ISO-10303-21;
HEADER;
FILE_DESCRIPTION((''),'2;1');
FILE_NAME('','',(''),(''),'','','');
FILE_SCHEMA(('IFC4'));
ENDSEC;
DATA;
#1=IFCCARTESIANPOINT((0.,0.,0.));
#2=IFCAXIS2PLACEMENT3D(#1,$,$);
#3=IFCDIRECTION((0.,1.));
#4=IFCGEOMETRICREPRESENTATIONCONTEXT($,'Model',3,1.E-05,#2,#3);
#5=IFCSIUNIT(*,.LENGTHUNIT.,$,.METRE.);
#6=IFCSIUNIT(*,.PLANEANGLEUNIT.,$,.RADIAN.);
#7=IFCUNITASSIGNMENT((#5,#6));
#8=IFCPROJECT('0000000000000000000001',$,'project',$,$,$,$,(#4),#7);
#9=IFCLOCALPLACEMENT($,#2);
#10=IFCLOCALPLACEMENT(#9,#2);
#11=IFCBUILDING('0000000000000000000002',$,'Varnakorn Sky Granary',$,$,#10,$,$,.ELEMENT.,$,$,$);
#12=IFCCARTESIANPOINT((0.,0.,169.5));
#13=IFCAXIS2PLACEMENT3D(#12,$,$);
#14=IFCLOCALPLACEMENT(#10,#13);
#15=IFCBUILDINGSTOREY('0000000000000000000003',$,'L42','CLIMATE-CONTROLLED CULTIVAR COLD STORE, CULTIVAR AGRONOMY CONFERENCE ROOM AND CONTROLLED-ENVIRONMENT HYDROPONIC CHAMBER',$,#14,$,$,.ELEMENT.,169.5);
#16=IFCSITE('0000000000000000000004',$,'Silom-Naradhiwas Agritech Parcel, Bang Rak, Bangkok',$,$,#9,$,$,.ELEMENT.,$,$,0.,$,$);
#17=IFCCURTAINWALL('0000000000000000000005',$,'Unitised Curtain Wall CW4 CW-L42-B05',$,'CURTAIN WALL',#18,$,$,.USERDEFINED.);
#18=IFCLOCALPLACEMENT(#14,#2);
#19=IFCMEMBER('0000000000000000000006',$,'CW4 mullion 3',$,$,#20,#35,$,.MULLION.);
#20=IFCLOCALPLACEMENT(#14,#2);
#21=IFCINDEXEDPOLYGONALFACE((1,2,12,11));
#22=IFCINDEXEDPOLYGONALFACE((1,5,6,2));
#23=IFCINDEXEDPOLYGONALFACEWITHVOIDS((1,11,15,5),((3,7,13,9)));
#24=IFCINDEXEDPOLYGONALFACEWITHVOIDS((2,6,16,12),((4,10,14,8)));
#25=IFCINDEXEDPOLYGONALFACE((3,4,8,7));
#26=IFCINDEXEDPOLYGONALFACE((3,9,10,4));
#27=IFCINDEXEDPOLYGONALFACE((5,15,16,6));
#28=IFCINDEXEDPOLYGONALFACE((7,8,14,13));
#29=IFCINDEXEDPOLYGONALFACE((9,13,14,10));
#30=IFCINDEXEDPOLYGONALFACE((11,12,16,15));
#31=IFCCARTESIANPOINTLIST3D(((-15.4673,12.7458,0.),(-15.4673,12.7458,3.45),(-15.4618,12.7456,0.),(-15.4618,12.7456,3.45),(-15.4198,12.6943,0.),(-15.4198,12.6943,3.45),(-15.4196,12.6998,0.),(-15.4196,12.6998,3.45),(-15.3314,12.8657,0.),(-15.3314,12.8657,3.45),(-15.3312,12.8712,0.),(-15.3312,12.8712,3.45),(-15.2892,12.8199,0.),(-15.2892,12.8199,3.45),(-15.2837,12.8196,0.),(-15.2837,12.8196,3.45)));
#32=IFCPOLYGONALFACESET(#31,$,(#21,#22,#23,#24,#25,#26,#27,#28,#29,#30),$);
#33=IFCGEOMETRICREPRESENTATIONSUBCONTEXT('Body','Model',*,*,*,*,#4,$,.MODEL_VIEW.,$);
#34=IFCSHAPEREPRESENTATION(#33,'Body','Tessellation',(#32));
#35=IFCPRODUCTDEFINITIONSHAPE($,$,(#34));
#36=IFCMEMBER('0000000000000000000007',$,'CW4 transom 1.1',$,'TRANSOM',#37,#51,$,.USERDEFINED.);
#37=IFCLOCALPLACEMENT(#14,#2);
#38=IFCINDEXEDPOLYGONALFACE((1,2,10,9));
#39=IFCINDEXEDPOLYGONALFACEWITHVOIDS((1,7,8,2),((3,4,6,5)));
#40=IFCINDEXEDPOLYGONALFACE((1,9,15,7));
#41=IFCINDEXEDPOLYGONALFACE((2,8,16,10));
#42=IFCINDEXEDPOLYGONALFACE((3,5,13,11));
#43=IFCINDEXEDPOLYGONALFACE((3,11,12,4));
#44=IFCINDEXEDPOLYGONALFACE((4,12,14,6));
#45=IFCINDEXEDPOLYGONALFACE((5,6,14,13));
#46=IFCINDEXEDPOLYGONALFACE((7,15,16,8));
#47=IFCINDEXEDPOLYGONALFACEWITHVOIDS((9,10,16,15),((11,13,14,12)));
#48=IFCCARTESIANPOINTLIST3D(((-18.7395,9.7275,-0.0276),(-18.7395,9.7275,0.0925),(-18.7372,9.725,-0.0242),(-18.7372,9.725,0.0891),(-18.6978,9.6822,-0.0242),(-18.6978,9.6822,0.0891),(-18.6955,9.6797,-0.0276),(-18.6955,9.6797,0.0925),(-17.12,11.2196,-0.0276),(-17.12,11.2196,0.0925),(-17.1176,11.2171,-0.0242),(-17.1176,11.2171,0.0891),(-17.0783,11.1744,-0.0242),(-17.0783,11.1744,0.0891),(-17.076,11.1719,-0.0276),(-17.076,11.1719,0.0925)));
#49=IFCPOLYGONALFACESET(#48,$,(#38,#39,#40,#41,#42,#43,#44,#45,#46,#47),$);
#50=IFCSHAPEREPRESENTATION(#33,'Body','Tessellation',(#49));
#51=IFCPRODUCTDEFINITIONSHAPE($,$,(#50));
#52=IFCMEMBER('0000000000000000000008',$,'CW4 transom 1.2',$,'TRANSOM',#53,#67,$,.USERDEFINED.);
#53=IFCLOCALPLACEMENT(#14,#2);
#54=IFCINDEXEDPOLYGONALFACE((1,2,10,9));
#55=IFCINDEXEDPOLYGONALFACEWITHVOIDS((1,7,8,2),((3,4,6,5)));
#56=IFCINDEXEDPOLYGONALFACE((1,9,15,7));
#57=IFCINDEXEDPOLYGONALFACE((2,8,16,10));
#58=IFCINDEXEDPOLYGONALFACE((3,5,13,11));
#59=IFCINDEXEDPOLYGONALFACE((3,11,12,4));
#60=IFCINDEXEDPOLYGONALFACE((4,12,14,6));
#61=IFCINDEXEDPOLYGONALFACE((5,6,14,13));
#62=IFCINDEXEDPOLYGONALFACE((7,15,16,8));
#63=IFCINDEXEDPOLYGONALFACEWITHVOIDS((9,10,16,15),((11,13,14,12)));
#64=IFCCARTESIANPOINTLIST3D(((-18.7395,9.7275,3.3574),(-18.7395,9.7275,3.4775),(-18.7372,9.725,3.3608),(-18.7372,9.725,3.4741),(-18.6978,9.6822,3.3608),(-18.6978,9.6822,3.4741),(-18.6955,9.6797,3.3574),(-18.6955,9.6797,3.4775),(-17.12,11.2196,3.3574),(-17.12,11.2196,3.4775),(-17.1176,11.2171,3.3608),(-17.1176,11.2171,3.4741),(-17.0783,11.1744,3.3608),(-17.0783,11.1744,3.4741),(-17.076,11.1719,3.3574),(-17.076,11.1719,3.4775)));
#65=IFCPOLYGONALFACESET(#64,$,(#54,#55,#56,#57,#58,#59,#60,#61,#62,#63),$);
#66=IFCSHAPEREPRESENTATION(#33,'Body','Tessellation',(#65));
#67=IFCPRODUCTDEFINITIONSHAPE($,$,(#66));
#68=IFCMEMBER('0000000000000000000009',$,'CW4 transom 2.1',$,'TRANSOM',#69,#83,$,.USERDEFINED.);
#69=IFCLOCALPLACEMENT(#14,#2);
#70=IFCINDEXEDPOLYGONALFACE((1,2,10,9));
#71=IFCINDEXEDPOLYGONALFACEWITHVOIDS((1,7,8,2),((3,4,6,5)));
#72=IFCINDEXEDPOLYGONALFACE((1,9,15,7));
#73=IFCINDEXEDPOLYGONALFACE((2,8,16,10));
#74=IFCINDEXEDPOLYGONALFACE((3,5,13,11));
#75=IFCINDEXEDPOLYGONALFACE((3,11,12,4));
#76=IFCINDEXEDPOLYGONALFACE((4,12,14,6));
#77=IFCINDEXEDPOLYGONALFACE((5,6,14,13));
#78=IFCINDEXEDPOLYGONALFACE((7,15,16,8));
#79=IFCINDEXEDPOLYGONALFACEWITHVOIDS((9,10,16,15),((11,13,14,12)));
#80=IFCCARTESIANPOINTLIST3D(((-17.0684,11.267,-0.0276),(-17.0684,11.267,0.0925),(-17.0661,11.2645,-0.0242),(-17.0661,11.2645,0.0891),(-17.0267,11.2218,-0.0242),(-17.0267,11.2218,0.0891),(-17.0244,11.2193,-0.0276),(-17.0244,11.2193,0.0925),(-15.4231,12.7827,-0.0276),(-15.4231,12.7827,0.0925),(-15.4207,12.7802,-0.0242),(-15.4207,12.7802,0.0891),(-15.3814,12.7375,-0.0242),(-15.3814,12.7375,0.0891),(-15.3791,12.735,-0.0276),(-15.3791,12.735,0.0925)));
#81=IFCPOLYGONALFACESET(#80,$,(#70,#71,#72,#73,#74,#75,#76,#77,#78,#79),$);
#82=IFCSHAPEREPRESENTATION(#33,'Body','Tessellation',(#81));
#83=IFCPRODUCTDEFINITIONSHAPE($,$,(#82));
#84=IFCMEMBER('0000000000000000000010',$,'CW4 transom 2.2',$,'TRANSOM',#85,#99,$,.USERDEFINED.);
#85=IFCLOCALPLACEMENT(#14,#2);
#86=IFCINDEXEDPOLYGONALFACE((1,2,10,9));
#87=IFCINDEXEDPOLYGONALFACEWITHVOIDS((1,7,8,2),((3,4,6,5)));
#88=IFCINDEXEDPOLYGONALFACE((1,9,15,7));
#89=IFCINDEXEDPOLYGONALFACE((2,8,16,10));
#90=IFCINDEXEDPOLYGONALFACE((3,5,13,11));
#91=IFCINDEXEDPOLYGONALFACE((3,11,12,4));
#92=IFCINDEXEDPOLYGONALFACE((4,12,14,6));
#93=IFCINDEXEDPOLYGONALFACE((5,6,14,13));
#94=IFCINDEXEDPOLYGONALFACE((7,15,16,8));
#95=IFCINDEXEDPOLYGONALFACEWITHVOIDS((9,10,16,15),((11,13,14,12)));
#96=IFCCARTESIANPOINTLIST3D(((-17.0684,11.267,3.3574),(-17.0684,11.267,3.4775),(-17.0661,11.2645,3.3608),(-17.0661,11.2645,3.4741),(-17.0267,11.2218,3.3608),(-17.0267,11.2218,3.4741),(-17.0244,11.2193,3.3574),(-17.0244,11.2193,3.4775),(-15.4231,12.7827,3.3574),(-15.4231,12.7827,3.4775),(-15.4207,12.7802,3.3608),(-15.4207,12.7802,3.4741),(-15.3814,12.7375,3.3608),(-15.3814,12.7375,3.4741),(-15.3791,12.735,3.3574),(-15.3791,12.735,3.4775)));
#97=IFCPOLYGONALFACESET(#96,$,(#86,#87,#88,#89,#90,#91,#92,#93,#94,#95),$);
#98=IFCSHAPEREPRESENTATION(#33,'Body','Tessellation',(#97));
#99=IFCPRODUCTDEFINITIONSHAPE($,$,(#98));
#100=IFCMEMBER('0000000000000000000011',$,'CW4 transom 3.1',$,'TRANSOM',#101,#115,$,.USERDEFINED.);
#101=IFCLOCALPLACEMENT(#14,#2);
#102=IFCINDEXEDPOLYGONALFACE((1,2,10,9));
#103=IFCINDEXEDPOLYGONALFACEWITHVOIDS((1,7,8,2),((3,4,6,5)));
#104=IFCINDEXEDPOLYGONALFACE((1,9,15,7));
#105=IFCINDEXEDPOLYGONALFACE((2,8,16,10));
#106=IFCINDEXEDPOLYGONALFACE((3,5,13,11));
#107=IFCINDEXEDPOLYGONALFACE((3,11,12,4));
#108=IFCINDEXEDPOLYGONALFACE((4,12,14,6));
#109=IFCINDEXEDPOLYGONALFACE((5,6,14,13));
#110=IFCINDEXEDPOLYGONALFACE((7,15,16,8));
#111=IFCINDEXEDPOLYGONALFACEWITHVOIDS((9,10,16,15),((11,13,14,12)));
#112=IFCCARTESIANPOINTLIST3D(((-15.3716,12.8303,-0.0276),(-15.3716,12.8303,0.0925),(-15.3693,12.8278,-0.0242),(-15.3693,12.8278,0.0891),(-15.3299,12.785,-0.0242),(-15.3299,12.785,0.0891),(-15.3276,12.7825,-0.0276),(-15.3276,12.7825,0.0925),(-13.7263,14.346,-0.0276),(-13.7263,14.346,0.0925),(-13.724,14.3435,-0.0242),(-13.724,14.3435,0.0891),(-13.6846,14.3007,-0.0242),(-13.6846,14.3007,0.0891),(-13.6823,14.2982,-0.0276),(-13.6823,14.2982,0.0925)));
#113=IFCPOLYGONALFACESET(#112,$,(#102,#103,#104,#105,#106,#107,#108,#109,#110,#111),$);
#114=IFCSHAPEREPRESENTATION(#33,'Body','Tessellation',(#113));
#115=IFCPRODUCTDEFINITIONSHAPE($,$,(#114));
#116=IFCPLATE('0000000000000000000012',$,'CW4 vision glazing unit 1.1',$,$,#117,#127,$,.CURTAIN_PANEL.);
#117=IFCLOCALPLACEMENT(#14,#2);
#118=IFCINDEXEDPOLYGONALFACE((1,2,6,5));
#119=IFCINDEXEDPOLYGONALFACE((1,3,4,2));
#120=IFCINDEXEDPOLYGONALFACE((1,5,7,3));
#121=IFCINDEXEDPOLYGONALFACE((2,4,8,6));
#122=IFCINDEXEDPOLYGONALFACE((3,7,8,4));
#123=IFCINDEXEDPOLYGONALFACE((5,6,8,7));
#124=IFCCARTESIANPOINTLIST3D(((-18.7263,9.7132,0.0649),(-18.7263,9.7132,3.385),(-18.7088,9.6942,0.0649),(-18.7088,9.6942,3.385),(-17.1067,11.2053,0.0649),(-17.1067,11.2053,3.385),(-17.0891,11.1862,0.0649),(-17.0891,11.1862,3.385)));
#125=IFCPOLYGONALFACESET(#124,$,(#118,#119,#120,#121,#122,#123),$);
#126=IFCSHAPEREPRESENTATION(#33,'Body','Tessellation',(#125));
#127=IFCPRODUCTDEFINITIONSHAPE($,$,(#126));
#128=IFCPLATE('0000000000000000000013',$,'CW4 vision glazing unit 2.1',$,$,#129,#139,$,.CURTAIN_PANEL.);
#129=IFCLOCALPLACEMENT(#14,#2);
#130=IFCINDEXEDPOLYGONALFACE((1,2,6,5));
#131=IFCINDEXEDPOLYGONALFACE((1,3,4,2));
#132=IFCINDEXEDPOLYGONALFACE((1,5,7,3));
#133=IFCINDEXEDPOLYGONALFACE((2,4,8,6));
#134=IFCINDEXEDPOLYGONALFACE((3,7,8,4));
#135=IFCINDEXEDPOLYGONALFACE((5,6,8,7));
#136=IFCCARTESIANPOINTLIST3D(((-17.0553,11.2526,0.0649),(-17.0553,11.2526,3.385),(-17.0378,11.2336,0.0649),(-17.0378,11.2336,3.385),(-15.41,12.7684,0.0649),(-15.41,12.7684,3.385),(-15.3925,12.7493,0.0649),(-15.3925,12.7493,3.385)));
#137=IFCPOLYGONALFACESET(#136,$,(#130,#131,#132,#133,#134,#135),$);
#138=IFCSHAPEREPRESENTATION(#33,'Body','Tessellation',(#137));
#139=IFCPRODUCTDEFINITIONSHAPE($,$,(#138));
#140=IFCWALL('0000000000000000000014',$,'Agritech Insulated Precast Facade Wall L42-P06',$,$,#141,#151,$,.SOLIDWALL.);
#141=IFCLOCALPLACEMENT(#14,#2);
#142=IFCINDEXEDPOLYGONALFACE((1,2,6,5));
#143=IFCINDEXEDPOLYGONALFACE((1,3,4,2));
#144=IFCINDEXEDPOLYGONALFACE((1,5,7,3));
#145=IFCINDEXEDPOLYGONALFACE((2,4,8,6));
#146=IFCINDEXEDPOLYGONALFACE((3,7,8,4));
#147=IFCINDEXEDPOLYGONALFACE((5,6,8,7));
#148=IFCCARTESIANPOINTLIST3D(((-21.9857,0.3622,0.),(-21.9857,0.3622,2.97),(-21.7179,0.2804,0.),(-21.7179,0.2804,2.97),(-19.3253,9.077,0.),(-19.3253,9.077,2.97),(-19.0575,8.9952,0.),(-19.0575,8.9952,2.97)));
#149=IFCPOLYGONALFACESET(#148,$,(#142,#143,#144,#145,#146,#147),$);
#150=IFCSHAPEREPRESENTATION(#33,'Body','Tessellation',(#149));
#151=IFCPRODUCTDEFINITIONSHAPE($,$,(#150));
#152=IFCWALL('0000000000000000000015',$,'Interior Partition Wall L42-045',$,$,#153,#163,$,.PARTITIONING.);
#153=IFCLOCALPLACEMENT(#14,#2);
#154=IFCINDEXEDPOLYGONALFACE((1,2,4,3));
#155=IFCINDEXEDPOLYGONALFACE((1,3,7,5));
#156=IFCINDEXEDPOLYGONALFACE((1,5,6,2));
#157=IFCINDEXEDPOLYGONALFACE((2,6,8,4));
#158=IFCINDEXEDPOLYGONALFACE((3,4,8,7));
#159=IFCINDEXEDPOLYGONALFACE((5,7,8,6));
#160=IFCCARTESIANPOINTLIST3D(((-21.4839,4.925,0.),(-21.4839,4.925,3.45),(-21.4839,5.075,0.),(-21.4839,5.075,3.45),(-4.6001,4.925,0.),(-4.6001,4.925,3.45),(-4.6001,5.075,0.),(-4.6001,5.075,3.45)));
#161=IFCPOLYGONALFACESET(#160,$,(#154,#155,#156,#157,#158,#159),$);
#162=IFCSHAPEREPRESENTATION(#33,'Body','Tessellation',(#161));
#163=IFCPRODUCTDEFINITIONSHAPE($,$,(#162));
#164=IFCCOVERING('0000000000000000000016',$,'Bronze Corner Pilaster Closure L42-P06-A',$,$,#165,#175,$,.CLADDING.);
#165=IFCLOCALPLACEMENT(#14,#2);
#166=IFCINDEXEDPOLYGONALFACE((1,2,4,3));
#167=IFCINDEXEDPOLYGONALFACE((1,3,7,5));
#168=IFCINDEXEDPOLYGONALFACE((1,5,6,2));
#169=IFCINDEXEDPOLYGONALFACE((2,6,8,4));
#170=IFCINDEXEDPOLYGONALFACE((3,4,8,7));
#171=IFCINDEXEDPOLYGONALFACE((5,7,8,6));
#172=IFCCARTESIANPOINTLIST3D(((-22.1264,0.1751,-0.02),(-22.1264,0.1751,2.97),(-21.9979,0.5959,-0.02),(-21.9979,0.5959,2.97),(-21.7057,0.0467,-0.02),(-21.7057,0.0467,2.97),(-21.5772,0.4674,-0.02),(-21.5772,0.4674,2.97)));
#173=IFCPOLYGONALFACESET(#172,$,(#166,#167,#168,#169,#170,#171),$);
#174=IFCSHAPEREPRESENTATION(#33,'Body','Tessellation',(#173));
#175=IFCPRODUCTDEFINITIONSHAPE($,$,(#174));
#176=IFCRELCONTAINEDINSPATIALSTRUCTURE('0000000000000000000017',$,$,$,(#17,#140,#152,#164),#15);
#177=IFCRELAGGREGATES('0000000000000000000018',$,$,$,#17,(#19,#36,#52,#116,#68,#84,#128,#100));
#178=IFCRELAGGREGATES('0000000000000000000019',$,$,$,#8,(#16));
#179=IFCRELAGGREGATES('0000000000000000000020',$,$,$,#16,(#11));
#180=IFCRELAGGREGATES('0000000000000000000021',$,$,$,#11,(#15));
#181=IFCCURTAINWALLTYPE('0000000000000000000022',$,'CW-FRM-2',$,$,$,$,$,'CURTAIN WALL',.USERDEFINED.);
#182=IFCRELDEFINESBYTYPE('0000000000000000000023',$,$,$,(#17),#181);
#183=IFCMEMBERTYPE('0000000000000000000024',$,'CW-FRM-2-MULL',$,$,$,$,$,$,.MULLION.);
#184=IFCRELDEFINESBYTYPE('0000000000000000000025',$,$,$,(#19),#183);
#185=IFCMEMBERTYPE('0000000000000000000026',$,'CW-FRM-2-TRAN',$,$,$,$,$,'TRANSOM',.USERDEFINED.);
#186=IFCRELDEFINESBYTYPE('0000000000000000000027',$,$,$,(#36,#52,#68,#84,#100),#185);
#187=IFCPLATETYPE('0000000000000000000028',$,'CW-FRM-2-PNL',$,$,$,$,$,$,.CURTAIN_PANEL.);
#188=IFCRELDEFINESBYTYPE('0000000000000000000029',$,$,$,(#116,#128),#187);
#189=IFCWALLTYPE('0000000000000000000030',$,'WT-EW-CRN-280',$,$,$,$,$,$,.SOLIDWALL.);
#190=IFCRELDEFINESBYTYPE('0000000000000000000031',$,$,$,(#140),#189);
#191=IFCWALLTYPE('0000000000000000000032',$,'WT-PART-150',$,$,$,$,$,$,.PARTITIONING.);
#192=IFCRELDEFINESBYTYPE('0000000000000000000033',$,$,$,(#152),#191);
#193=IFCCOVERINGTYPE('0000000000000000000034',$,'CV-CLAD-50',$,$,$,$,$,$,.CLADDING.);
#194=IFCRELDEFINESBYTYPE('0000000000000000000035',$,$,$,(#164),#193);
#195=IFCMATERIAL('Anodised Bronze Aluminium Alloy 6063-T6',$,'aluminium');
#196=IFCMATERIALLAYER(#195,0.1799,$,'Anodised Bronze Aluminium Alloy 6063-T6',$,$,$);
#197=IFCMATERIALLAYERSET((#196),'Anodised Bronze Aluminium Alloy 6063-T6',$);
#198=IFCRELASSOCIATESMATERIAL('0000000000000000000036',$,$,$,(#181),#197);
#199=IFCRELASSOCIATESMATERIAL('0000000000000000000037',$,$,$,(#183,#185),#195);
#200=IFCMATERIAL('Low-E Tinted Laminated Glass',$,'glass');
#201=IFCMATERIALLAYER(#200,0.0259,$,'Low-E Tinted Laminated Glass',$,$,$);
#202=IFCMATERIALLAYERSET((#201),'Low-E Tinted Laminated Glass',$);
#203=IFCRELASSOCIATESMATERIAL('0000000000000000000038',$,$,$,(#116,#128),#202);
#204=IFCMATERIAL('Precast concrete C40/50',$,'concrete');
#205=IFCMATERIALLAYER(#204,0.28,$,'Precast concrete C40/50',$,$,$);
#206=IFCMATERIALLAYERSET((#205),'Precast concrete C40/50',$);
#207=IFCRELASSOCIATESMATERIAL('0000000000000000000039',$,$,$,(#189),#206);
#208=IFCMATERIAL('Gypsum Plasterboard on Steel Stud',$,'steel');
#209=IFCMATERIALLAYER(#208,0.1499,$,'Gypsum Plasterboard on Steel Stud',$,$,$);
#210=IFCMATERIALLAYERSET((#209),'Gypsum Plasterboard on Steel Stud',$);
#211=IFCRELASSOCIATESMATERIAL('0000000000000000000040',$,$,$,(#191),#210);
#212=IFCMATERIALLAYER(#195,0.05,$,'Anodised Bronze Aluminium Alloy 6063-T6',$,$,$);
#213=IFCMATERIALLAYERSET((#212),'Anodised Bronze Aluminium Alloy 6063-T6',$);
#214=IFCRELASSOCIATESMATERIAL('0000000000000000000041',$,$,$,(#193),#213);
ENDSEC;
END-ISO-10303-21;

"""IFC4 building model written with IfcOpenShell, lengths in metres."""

from ifc_helpers import new_model, si_unit, direction, frame, frame_2d, origin, origin_2d, place, context, subcontext, project, spatial, rectangle, hollow_rectangle, extrude, source, transform, mapped, material, layer, layer_set, material_profile, profile_set, type_object, type_shapes, element, aggregate, save


model = new_model("IFC4")

# Units and contexts
model_context = context("Model", 3, precision=1e-05, world=origin(), true_north=direction((0.0, 1.0)))
body_context = subcontext(model_context, "Body", "Model", "MODEL_VIEW")
ifc_project = project(units=[si_unit("LENGTHUNIT", "METRE"), si_unit("PLANEANGLEUNIT", "RADIAN")], contexts=[model_context])

# Site, building, storey
site_placement = place(None, origin())
site = spatial("IfcSite", under=ifc_project, at=site_placement, Name="Silom-Naradhiwas Agritech Parcel, Bang Rak, Bangkok", CompositionType="ELEMENT", RefElevation=0.0)
building_placement = place(site_placement, origin())
building = spatial("IfcBuilding", under=site, at=building_placement, Name="Varnakorn Sky Granary", CompositionType="ELEMENT")
storey_placement = place(building_placement, frame((0.0, 0.0, 169.5)))
storey = spatial("IfcBuildingStorey", under=building, at=storey_placement, Name="L42", Description="CLIMATE-CONTROLLED CULTIVAR COLD STORE, CULTIVAR AGRONOMY CONFERENCE ROOM AND CONTROLLED-ENVIRONMENT HYDROPONIC CHAMBER", CompositionType="ELEMENT", Elevation=169.5)

# Curtain wall, members, plates
ifc_material_1 = material(Name="Anodised Bronze Aluminium Alloy 6063-T6", Category="aluminium")
ifc_layer_1 = layer(ifc_material_1, 0.1799, Name="Anodised Bronze Aluminium Alloy 6063-T6")
ifc_layer_set_1 = layer_set([ifc_layer_1], Name="Anodised Bronze Aluminium Alloy 6063-T6")
curtain_wall_type = type_object("IfcCurtainWallType", Name="CW-FRM-2", ElementType="CURTAIN WALL", PredefinedType="USERDEFINED", material=ifc_layer_set_1)
curtain_wall_placement = place(storey_placement, origin())
curtain_wall = element("IfcCurtainWall", 1, at=curtain_wall_placement, inside=storey, type_object=curtain_wall_type, Name="Unitised Curtain Wall CW4 CW-L42-B05", ObjectType="CURTAIN WALL", PredefinedType="USERDEFINED")
ifc_material_profile_1 = material_profile(ifc_material_1, hollow_rectangle(XDim=0.0701, YDim=0.1851, WallThickness=0.0039, at=origin_2d()), Name="ALU MULL 70x185")
ifc_profile_set_1 = profile_set([ifc_material_profile_1], Name="Anodised Bronze Aluminium Alloy 6063-T6")
member_type_1 = type_object("IfcMemberType", Name="CW-FRM-2-MULL", PredefinedType="MULLION", material=ifc_profile_set_1)
member_1_placement = place(storey_placement, frame((-15.3755, 12.7827, 0.0), z_axis=(0.0, 0.0, 1.0), x_axis=(-0.677548, 0.735479, 0.0)))
member_1 = element("IfcMember", 2, at=member_1_placement, type_object=member_type_1, Name="CW4 mullion 3", PredefinedType="MULLION", context=body_context, shape_type="SweptSolid", body=[
    extrude(hollow_rectangle(XDim=0.0701, YDim=0.1851, WallThickness=0.0039, at=origin_2d()), origin(), (0.0, 0.0, 1.0), 3.45),
])
ifc_material_profile_2 = material_profile(ifc_material_1, hollow_rectangle(XDim=0.0649, YDim=0.1201, WallThickness=0.0034, at=origin_2d()), Name="ALU TRAN 65x120")
ifc_profile_set_2 = profile_set([ifc_material_profile_2], Name="Anodised Bronze Aluminium Alloy 6063-T6")
member_type_2 = type_object("IfcMemberType", Name="CW-FRM-2-TRAN", ElementType="TRANSOM", PredefinedType="USERDEFINED", material=ifc_profile_set_2)
member_2_placement = place(storey_placement, frame((-18.7175, 9.7036, 0.0325), z_axis=(0.735449, 0.67758, 0.0), x_axis=(-0.67758, 0.735449, 0.0)))
member_2 = element("IfcMember", 3, at=member_2_placement, type_object=member_type_2, Name="CW4 transom 1.1", ObjectType="TRANSOM", PredefinedType="USERDEFINED", context=body_context, shape_type="SweptSolid", body=[
    extrude(hollow_rectangle(XDim=0.0649, YDim=0.1201, WallThickness=0.0034, at=origin_2d()), origin(), (0.0, 0.0, 1.0), 2.2021),
])
member_3_placement = place(storey_placement, frame((-18.7175, 9.7036, 3.4175), z_axis=(0.735449, 0.67758, 0.0), x_axis=(-0.67758, 0.735449, 0.0)))
member_3 = element("IfcMember", 4, at=member_3_placement, type_object=member_type_2, Name="CW4 transom 1.2", ObjectType="TRANSOM", PredefinedType="USERDEFINED", context=body_context, shape_type="SweptSolid", body=[
    extrude(hollow_rectangle(XDim=0.0649, YDim=0.1201, WallThickness=0.0034, at=origin_2d()), origin(), (0.0, 0.0, 1.0), 2.2021),
])
member_4_placement = place(storey_placement, frame((-17.0464, 11.2432, 0.0325), z_axis=(0.735489, 0.677536, 0.0), x_axis=(-0.677536, 0.735489, 0.0)))
member_4 = element("IfcMember", 5, at=member_4_placement, type_object=member_type_2, Name="CW4 transom 2.1", ObjectType="TRANSOM", PredefinedType="USERDEFINED", context=body_context, shape_type="SweptSolid", body=[
    extrude(hollow_rectangle(XDim=0.0649, YDim=0.1201, WallThickness=0.0034, at=origin_2d()), origin(), (0.0, 0.0, 1.0), 2.2371),
])
member_5_placement = place(storey_placement, frame((-17.0464, 11.2432, 3.4175), z_axis=(0.735489, 0.677536, 0.0), x_axis=(-0.677536, 0.735489, 0.0)))
member_5 = element("IfcMember", 6, at=member_5_placement, type_object=member_type_2, Name="CW4 transom 2.2", ObjectType="TRANSOM", PredefinedType="USERDEFINED", context=body_context, shape_type="SweptSolid", body=[
    extrude(hollow_rectangle(XDim=0.0649, YDim=0.1201, WallThickness=0.0034, at=origin_2d()), origin(), (0.0, 0.0, 1.0), 2.2371),
])
member_6_placement = place(storey_placement, frame((-15.3496, 12.8064, 0.0325), z_axis=(0.735489, 0.677536, 0.0), x_axis=(-0.677536, 0.735489, 0.0)))
member_6 = element("IfcMember", 7, at=member_6_placement, type_object=member_type_2, Name="CW4 transom 3.1", ObjectType="TRANSOM", PredefinedType="USERDEFINED", context=body_context, shape_type="SweptSolid", body=[
    extrude(hollow_rectangle(XDim=0.0649, YDim=0.1201, WallThickness=0.0034, at=origin_2d()), origin(), (0.0, 0.0, 1.0), 2.2371),
])
ifc_material_2 = material(Name="Low-E Tinted Laminated Glass", Category="glass")
ifc_layer_2 = layer(ifc_material_2, 0.0259, Name="Low-E Tinted Laminated Glass")
ifc_layer_set_2 = layer_set([ifc_layer_2], Name="Low-E Tinted Laminated Glass")
plate_type = type_object("IfcPlateType", Name="CW-FRM-2-PNL", PredefinedType="CURTAIN_PANEL")
shared_shape_1 = source(origin(), body_context, "Body", "SweptSolid", [
    extrude(rectangle(XDim=2.2021, YDim=0.0259, at=origin_2d()), origin(), (0.0, 0.0, 1.0), 3.3201),
])
plate_1_placement = place(storey_placement, frame((-17.9077, 10.4497, 0.0649), z_axis=(0.0, 0.0, 1.0), x_axis=(0.735479, 0.677548, 0.0)))
plate_1 = element("IfcPlate", 8, at=plate_1_placement, type_object=plate_type, material=ifc_layer_set_2, Name="CW4 vision glazing unit 1.1", PredefinedType="CURTAIN_PANEL", context=body_context, shape_type="MappedRepresentation", body=[
    mapped(shared_shape_1, transform((0.0, 0.0, 0.0), x_axis=(1.0, 0.0, 0.0), y_axis=(0.0, 1.0, 0.0), z_axis=(0.0, 0.0, 1.0), scale=1.0)),
])
shared_shape_2 = source(origin(), body_context, "Body", "SweptSolid", [
    extrude(rectangle(XDim=2.2371, YDim=0.0259, at=origin_2d()), origin(), (0.0, 0.0, 1.0), 3.3201),
])
type_shapes(plate_type, [shared_shape_1, shared_shape_2])
plate_2_placement = place(storey_placement, frame((-16.2239, 12.001, 0.0649), z_axis=(0.0, 0.0, 1.0), x_axis=(0.735479, 0.677548, 0.0)))
plate_2 = element("IfcPlate", 9, at=plate_2_placement, type_object=plate_type, material=ifc_layer_set_2, Name="CW4 vision glazing unit 2.1", PredefinedType="CURTAIN_PANEL", context=body_context, shape_type="MappedRepresentation", body=[
    mapped(shared_shape_2, transform((0.0, 0.0, 0.0), x_axis=(1.0, 0.0, 0.0), y_axis=(0.0, 1.0, 0.0), z_axis=(0.0, 0.0, 1.0), scale=1.0)),
])
aggregate(curtain_wall, [member_1, member_2, member_3, plate_1, member_4, member_5, plate_2, member_6])

# Walls
ifc_material_3 = material(Name="Precast concrete C40/50", Category="concrete")
ifc_layer_3 = layer(ifc_material_3, 0.28, Name="Precast concrete C40/50")
ifc_layer_set_3 = layer_set([ifc_layer_3], Name="Precast concrete C40/50")
wall_type_1 = type_object("IfcWallType", Name="WT-EW-CRN-280", PredefinedType="SOLIDWALL", material=ifc_layer_set_3)
wall_1_placement = place(storey_placement, frame((-21.8518, 0.3213, 0.0), z_axis=(0.0, 0.0, 1.0), x_axis=(0.291971, 0.956427, 0.0)))
element("IfcWall", 10, at=wall_1_placement, inside=storey, type_object=wall_type_1, Name="Agritech Insulated Precast Facade Wall L42-P06", PredefinedType="SOLIDWALL", context=body_context, shape_type="SweptSolid", body=[
    extrude(rectangle(XDim=9.1118, YDim=0.28, at=frame_2d((4.5559, 0.0))), origin(), (0.0, 0.0, 1.0), 2.97),
])
ifc_material_4 = material(Name="Gypsum Plasterboard on Steel Stud", Category="steel")
ifc_layer_4 = layer(ifc_material_4, 0.1499, Name="Gypsum Plasterboard on Steel Stud")
ifc_layer_set_4 = layer_set([ifc_layer_4], Name="Gypsum Plasterboard on Steel Stud")
wall_type_2 = type_object("IfcWallType", Name="WT-PART-150", PredefinedType="PARTITIONING", material=ifc_layer_set_4)
wall_2_placement = place(storey_placement, frame((-21.4839, 5.0, 0.0), z_axis=(0.0, 0.0, 1.0), x_axis=(1.0, 0.0, 0.0)))
element("IfcWall", 11, at=wall_2_placement, inside=storey, type_object=wall_type_2, Name="Interior Partition Wall L42-045", PredefinedType="PARTITIONING", context=body_context, shape_type="SweptSolid", body=[
    extrude(rectangle(XDim=16.8838, YDim=0.1499, at=frame_2d((8.4419, 0.0))), origin(), (0.0, 0.0, 1.0), 3.45),
])

# Covering
ifc_layer_5 = layer(ifc_material_1, 0.05, Name="Anodised Bronze Aluminium Alloy 6063-T6")
ifc_layer_set_5 = layer_set([ifc_layer_5], Name="Anodised Bronze Aluminium Alloy 6063-T6")
covering_type = type_object("IfcCoveringType", Name="CV-CLAD-50", PredefinedType="CLADDING", material=ifc_layer_set_5)
shared_shape_3 = source(origin(), body_context, "Body", "SweptSolid", [
    extrude(rectangle(XDim=0.4399, YDim=0.4399, at=origin_2d()), origin(), (0.0, 0.0, 1.0), 2.99),
])
type_shapes(covering_type, [shared_shape_3])
for number, where, z_axis, x_axis, name in (
    (12, (-21.8518, 0.3213, -0.02), (0.0, 0.0, 1.0), (0.292038, 0.956407, 0.0), "Bronze Corner Pilaster Closure L42-P06-A"),
):
    element("IfcCovering", number, at=place(storey_placement, frame(where, z_axis=z_axis, x_axis=x_axis)), inside=storey, type_object=covering_type, Name=name, PredefinedType="CLADDING", context=body_context, shape_type="MappedRepresentation", body=[
        mapped(shared_shape_3, transform((0.0, 0.0, 0.0), x_axis=(1.0, 0.0, 0.0), y_axis=(0.0, 1.0, 0.0), z_axis=(0.0, 0.0, 1.0), scale=1.0)),
    ])

save(model, "model.ifc")
